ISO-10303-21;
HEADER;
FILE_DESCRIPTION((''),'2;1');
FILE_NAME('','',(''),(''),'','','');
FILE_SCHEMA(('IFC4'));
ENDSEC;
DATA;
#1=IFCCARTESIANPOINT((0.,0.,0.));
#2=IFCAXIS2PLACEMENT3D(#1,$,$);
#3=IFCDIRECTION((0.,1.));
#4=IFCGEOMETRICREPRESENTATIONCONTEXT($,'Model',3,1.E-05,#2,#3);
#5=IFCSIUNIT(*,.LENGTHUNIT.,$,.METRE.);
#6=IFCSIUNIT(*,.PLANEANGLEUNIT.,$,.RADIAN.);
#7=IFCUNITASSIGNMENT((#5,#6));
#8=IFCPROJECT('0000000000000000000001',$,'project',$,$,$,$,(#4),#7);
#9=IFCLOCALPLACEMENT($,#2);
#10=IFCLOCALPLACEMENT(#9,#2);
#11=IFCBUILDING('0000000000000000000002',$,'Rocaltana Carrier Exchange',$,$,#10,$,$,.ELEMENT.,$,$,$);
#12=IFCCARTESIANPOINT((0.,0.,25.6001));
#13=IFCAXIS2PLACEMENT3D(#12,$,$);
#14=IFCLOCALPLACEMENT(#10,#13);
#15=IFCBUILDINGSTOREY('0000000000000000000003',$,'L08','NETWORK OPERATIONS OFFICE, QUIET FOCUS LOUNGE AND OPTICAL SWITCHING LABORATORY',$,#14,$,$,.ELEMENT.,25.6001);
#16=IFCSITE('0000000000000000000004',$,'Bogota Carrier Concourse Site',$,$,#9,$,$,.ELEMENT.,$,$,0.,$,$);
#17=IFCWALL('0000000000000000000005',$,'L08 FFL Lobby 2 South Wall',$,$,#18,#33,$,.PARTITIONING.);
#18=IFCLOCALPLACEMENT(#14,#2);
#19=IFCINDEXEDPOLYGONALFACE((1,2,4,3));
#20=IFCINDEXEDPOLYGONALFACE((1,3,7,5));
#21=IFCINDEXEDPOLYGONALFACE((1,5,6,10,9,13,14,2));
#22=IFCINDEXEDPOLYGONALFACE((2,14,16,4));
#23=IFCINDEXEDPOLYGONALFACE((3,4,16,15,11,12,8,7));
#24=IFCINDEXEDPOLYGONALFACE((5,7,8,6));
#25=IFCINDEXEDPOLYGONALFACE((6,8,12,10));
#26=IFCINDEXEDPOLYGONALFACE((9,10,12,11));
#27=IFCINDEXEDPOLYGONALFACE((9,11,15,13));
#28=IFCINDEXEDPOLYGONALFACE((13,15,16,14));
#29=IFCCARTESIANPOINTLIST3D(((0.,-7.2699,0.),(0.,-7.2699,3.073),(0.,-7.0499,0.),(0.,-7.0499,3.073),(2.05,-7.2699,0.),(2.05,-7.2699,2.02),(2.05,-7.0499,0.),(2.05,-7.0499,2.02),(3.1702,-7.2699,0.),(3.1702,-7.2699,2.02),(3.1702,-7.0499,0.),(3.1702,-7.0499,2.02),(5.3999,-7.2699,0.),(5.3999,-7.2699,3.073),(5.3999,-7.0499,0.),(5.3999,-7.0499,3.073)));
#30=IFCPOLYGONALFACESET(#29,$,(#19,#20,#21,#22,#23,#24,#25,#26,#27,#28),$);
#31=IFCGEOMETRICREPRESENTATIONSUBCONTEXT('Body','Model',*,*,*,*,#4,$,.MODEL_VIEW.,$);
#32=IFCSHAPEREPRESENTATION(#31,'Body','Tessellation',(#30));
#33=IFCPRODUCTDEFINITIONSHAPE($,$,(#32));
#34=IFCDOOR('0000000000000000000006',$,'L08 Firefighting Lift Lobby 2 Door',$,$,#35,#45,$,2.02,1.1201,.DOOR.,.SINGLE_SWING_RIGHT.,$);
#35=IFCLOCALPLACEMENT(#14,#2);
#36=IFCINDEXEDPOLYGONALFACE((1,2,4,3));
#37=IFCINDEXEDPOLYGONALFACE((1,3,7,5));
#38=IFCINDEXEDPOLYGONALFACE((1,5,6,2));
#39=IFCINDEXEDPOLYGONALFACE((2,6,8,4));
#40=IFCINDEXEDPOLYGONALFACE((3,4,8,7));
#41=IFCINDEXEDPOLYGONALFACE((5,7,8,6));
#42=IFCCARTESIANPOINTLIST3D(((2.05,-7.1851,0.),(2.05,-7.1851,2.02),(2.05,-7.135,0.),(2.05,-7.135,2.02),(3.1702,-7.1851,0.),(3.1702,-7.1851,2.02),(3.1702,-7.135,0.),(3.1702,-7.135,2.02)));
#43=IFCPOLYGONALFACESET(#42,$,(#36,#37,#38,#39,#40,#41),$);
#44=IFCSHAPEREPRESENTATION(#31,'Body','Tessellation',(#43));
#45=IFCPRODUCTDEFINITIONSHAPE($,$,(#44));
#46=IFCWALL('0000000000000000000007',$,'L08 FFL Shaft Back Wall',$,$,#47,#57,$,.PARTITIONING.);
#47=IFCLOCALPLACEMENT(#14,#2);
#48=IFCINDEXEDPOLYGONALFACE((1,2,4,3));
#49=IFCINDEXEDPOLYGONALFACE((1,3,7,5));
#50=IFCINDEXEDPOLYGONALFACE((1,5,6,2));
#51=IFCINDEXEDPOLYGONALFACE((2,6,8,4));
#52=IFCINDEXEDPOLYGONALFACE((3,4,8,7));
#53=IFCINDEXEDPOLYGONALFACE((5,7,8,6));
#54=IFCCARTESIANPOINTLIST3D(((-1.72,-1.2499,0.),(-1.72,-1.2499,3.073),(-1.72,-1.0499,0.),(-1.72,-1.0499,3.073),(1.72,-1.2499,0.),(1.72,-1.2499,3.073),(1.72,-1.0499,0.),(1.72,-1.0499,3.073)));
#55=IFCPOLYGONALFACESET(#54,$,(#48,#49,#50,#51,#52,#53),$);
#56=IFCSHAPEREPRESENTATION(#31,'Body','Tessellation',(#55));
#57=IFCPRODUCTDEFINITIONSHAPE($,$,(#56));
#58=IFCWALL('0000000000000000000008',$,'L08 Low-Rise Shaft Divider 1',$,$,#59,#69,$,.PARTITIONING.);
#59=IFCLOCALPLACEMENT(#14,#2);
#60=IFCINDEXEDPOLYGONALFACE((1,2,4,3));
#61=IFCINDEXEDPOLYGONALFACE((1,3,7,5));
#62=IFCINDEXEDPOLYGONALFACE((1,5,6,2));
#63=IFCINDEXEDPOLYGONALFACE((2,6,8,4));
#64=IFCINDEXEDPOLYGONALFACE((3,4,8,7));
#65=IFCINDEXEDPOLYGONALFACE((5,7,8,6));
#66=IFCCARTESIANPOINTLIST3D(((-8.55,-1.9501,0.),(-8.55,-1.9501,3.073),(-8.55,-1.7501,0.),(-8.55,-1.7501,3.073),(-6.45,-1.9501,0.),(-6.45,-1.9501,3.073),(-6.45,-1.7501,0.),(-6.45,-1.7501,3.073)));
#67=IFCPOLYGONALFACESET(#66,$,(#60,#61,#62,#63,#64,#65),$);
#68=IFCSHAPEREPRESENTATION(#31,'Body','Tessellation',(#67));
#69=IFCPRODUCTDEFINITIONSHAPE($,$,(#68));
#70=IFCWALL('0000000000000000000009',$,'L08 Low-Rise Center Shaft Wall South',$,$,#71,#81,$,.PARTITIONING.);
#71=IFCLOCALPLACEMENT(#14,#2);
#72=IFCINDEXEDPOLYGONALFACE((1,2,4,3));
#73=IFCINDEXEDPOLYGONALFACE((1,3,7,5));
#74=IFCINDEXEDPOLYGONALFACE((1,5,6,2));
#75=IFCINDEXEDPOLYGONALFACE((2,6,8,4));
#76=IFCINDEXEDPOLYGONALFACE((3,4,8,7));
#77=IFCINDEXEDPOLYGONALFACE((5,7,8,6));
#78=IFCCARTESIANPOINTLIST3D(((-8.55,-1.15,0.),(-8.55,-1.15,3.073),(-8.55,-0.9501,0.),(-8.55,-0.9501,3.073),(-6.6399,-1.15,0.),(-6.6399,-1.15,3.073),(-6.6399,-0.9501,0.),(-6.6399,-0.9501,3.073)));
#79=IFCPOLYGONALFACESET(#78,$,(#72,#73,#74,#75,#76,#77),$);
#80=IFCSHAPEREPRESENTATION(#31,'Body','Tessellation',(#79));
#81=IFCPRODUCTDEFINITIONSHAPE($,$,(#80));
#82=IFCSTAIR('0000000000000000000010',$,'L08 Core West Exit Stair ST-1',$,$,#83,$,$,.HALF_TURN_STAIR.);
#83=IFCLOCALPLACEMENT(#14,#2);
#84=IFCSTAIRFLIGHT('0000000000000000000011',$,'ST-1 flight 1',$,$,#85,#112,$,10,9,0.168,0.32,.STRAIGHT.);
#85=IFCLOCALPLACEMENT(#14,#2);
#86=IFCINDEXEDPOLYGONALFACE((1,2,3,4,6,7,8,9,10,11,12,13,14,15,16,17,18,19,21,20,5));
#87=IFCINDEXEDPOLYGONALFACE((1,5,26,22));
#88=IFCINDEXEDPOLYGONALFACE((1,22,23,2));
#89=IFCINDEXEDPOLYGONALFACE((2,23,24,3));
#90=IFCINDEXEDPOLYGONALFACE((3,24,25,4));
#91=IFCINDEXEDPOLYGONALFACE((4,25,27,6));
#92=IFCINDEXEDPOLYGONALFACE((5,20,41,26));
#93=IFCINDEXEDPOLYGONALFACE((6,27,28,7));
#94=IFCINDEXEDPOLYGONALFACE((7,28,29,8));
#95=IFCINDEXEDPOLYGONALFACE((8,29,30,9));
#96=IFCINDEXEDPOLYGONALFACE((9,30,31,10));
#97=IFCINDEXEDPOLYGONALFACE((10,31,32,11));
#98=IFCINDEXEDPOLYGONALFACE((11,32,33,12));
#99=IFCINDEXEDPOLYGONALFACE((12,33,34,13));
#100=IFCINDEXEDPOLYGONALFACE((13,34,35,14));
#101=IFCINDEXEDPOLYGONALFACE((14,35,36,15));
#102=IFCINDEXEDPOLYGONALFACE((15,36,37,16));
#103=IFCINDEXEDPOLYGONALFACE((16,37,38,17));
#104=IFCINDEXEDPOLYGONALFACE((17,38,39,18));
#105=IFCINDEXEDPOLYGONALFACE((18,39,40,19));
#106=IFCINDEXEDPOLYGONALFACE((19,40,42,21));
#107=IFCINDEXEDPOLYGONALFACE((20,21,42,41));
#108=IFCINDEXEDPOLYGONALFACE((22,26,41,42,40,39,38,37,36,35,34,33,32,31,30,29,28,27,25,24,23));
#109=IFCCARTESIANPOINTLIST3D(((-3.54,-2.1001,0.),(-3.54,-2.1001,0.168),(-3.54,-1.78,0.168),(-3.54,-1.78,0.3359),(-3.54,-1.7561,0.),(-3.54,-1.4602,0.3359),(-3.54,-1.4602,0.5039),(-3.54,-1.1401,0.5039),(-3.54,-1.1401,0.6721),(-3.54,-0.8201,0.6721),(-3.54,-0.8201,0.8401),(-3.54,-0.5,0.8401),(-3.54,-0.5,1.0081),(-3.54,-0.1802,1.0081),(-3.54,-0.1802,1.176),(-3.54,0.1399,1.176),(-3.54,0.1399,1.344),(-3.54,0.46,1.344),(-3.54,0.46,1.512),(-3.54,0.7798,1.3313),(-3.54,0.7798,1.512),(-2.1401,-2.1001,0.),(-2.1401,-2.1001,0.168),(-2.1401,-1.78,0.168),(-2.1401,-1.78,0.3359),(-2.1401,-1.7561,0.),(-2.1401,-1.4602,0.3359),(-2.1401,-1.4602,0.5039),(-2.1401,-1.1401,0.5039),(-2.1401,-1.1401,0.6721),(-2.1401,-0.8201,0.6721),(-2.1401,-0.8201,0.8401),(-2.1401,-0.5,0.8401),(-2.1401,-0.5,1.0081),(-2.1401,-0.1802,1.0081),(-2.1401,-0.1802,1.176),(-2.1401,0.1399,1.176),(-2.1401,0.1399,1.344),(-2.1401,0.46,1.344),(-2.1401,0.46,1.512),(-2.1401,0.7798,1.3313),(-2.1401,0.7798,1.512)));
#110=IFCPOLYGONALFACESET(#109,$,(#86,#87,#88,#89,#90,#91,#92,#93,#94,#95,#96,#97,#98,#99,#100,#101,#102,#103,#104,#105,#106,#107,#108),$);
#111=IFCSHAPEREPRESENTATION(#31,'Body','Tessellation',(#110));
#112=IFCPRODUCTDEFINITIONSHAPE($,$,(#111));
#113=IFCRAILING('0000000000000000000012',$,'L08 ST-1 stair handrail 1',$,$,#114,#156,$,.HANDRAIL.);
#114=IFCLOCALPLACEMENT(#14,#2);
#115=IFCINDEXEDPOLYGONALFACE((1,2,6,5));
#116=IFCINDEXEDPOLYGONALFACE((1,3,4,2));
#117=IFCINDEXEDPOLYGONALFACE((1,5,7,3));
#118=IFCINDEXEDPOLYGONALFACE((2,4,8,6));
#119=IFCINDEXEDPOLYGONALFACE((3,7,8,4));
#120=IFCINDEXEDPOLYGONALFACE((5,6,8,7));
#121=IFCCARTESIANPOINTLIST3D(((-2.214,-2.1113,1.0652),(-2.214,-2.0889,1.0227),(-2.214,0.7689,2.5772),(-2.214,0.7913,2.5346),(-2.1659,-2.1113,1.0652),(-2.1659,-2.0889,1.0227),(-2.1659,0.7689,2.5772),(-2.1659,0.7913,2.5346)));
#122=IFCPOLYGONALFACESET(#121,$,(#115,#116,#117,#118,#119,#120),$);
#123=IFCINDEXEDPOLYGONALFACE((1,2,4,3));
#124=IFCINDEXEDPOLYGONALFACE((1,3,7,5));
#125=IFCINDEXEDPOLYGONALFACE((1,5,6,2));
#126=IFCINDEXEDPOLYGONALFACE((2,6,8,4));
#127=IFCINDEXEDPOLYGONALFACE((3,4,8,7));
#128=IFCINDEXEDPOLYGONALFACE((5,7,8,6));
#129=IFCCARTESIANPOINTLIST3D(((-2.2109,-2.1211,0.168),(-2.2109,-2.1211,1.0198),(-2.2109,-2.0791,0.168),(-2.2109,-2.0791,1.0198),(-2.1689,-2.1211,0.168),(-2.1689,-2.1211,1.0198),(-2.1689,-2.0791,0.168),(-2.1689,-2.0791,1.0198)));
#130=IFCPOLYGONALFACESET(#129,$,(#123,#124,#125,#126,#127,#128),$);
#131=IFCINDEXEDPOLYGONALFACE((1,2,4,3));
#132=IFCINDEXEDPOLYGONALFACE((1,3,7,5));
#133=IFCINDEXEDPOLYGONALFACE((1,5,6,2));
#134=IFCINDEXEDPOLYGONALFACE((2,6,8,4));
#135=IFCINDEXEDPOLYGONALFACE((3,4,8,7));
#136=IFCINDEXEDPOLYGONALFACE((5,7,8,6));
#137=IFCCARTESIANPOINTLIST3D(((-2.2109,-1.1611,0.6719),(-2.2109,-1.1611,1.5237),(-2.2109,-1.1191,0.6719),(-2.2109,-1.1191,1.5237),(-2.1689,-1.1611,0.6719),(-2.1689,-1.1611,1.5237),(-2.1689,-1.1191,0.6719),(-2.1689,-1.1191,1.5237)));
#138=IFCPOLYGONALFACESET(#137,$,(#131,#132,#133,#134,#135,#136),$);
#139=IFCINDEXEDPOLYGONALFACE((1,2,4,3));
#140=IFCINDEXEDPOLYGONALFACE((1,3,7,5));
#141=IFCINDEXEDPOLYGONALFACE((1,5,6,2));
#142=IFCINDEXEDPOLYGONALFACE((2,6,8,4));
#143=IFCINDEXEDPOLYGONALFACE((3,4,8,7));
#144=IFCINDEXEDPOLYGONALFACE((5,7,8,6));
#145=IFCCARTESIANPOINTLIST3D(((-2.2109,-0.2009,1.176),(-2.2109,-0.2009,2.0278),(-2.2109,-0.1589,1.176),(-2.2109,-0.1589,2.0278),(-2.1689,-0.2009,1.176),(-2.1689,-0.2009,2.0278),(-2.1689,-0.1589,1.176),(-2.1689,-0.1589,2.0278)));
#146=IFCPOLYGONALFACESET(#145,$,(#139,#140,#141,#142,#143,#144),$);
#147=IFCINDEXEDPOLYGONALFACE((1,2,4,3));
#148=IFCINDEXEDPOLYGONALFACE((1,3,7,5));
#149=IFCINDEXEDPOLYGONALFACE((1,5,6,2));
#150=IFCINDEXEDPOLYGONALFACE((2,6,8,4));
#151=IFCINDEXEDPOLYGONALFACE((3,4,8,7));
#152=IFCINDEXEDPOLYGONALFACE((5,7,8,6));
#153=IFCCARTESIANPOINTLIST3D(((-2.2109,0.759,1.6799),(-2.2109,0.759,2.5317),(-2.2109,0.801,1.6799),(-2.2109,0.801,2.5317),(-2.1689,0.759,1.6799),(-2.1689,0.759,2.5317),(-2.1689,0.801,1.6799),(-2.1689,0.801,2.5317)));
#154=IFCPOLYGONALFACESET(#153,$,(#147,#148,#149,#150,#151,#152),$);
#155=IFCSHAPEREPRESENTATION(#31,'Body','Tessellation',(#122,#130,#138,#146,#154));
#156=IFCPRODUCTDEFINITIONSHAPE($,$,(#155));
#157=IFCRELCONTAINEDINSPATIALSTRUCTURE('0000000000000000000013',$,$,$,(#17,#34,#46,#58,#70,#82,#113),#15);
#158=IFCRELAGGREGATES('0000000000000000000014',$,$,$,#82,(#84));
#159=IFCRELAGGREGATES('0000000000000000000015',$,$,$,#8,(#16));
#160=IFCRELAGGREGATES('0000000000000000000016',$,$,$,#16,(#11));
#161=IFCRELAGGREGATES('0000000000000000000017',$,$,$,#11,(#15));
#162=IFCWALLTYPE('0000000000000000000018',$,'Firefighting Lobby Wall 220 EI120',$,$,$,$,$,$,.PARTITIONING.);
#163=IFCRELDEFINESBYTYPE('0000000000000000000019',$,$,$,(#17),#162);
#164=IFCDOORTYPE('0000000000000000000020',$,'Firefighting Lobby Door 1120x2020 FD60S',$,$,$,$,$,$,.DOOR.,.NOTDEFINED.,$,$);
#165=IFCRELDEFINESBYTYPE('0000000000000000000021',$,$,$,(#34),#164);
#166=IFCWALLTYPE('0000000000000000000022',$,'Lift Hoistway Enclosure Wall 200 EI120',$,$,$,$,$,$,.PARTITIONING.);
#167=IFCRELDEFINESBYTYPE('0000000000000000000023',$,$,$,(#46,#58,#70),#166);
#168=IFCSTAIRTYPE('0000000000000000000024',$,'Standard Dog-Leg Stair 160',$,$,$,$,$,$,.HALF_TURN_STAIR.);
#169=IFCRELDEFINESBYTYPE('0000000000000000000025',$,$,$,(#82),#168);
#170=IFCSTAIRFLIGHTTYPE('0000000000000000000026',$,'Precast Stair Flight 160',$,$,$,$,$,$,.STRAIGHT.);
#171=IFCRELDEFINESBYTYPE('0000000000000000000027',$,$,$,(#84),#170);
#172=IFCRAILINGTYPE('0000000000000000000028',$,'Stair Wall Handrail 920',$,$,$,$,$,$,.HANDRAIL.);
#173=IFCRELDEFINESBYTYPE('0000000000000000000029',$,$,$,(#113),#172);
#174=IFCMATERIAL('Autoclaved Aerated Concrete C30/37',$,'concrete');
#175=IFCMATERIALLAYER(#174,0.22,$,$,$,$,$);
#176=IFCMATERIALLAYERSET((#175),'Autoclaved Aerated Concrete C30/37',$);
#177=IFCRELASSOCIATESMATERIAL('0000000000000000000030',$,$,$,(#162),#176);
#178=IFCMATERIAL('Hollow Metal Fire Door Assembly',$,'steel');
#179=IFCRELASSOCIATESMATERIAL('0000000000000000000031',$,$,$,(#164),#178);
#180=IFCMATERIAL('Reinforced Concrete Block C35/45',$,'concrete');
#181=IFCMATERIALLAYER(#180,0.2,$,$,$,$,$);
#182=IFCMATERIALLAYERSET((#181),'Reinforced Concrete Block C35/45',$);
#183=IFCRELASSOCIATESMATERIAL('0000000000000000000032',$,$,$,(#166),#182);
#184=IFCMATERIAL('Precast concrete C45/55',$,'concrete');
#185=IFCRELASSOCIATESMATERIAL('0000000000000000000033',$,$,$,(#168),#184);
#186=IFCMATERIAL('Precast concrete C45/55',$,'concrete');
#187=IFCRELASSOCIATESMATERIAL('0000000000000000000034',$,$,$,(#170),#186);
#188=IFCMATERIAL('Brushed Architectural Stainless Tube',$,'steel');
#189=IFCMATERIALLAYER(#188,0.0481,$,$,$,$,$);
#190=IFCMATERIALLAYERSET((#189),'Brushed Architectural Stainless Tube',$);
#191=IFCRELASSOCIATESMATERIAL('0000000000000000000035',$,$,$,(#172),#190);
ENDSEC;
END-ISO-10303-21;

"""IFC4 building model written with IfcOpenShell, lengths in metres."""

from ifc_helpers import new_model, si_unit, direction, frame, frame_2d, origin, origin_2d, place, context, subcontext, project, spatial, polyline, rectangle, outline, extrude, material, layer, layer_set, type_object, element, fill, aggregate, save


model = new_model("IFC4")

# Units and contexts
model_context = context("Model", 3, precision=1e-05, world=origin(), true_north=direction((0.0, 1.0)))
body_context = subcontext(model_context, "Body", "Model", "MODEL_VIEW")
ifc_project = project(units=[si_unit("LENGTHUNIT", "METRE"), si_unit("PLANEANGLEUNIT", "RADIAN")], contexts=[model_context])

# Site, building, storey
site_placement = place(None, origin())
site = spatial("IfcSite", under=ifc_project, at=site_placement, Name="Bogota Carrier Concourse Site", CompositionType="ELEMENT", RefElevation=0.0)
building_placement = place(site_placement, origin())
building = spatial("IfcBuilding", under=site, at=building_placement, Name="Rocaltana Carrier Exchange", CompositionType="ELEMENT")
storey_placement = place(building_placement, frame((0.0, 0.0, 25.6001)))
storey = spatial("IfcBuildingStorey", under=building, at=storey_placement, Name="L08", Description="NETWORK OPERATIONS OFFICE, QUIET FOCUS LOUNGE AND OPTICAL SWITCHING LABORATORY", CompositionType="ELEMENT", Elevation=25.6001)

# Shared definitions
ifc_material_1 = material(Name="Autoclaved Aerated Concrete C30/37", Category="concrete")
ifc_layer_1 = layer(ifc_material_1, 0.22)
ifc_layer_set_1 = layer_set([ifc_layer_1], Name="Autoclaved Aerated Concrete C30/37")
wall_type_1 = type_object("IfcWallType", Name="Firefighting Lobby Wall 220 EI120", PredefinedType="PARTITIONING", material=ifc_layer_set_1)

# Wall, opening, door
ifc_material_2 = material(Name="Hollow Metal Fire Door Assembly", Category="steel")
door_type_1 = type_object("IfcDoorType", Name="Firefighting Lobby Door 1120x2020 FD60S", OperationType="NOTDEFINED", PredefinedType="DOOR", material=ifc_material_2)
wall_1_placement = place(storey_placement, frame((0.0, -7.1599, 0.0), z_axis=(0.0, 0.0, 1.0), x_axis=(1.0, 0.0, 0.0)))
wall_1 = element("IfcWall", 1, at=wall_1_placement, inside=storey, type_object=wall_type_1, Name="L08 FFL Lobby 2 South Wall", PredefinedType="PARTITIONING", context=body_context, shape_type="SweptSolid", body=[
    extrude(rectangle(XDim=5.3999, YDim=0.22, at=frame_2d((2.7, 0.0))), origin(), (0.0, 0.0, 1.0), 3.073),
])
opening_1_placement = place(wall_1_placement, frame((2.05, 0.0, 0.0)))
opening_1 = element("IfcOpeningElement", 2, at=opening_1_placement, cuts=wall_1, PredefinedType="OPENING", context=body_context, shape_type="SweptSolid", body=[
    extrude(rectangle(XDim=1.1201, YDim=2.02, at=frame_2d((0.5601, 1.01))), frame((0.0, 0.1199, 0.0), z_axis=(0.0, -1.0, 0.0), x_axis=(1.0, 0.0, 0.0)), (0.0, 0.0, 1.0), 0.24),
])
door_1_placement = place(opening_1_placement, origin())
door_1 = element("IfcDoor", 3, at=door_1_placement, inside=storey, type_object=door_type_1, Name="L08 Firefighting Lift Lobby 2 Door", OperationType="SINGLE_SWING_RIGHT", OverallHeight=2.02, OverallWidth=1.1201, PredefinedType="DOOR", context=body_context, shape_type="SweptSolid", body=[
    extrude(rectangle(XDim=1.1201, YDim=2.02, at=frame_2d((0.5601, 1.01))), frame((0.0, 0.0249, 0.0), z_axis=(0.0, -1.0, 0.0), x_axis=(1.0, 0.0, 0.0)), (0.0, 0.0, 1.0), 0.05),
])
fill(opening_1, door_1)

# Walls
ifc_material_3 = material(Name="Reinforced Concrete Block C35/45", Category="concrete")
ifc_layer_2 = layer(ifc_material_3, 0.2)
ifc_layer_set_2 = layer_set([ifc_layer_2], Name="Reinforced Concrete Block C35/45")
wall_type_2 = type_object("IfcWallType", Name="Lift Hoistway Enclosure Wall 200 EI120", PredefinedType="PARTITIONING", material=ifc_layer_set_2)
wall_2_placement = place(storey_placement, frame((-1.72, -1.1499, 0.0), z_axis=(0.0, 0.0, 1.0), x_axis=(1.0, 0.0, 0.0)))
element("IfcWall", 4, at=wall_2_placement, inside=storey, type_object=wall_type_2, Name="L08 FFL Shaft Back Wall", PredefinedType="PARTITIONING", context=body_context, shape_type="SweptSolid", body=[
    extrude(rectangle(XDim=3.4399, YDim=0.2, at=frame_2d((1.72, 0.0))), origin(), (0.0, 0.0, 1.0), 3.073),
])
wall_3_placement = place(storey_placement, frame((-8.55, -1.8501, 0.0), z_axis=(0.0, 0.0, 1.0), x_axis=(1.0, 0.0, 0.0)))
element("IfcWall", 5, at=wall_3_placement, inside=storey, type_object=wall_type_2, Name="L08 Low-Rise Shaft Divider 1", PredefinedType="PARTITIONING", context=body_context, shape_type="SweptSolid", body=[
    extrude(rectangle(XDim=2.1001, YDim=0.2, at=frame_2d((1.05, 0.0))), origin(), (0.0, 0.0, 1.0), 3.073),
])
wall_4_placement = place(storey_placement, frame((-8.55, -1.05, 0.0), z_axis=(0.0, 0.0, 1.0), x_axis=(1.0, 0.0, 0.0)))
element("IfcWall", 6, at=wall_4_placement, inside=storey, type_object=wall_type_2, Name="L08 Low-Rise Center Shaft Wall South", PredefinedType="PARTITIONING", context=body_context, shape_type="SweptSolid", body=[
    extrude(rectangle(XDim=1.9102, YDim=0.2, at=frame_2d((0.9551, 0.0))), origin(), (0.0, 0.0, 1.0), 3.073),
])

# Stair, stair flight
ifc_material_4 = material(Name="Precast concrete C45/55", Category="concrete")
stair_type = type_object("IfcStairType", Name="Standard Dog-Leg Stair 160", PredefinedType="HALF_TURN_STAIR", material=ifc_material_4)
stair_placement = place(storey_placement, origin())
stair = element("IfcStair", 7, at=stair_placement, inside=storey, type_object=stair_type, Name="L08 Core West Exit Stair ST-1", PredefinedType="HALF_TURN_STAIR")
ifc_material_5 = material(Name="Precast concrete C45/55", Category="concrete")
stair_flight_type = type_object("IfcStairFlightType", Name="Precast Stair Flight 160", PredefinedType="STRAIGHT", material=ifc_material_5)
stair_flight_placement = place(storey_placement, frame((-2.8401, -2.1001, 0.0), z_axis=(0.0, 0.0, 1.0), x_axis=(0.0, 1.0, 0.0)))
stair_flight = element("IfcStairFlight", 8, at=stair_flight_placement, type_object=stair_flight_type, Name="ST-1 flight 1", NumberOfRisers=10, NumberOfTreads=9, PredefinedType="STRAIGHT", RiserHeight=0.168, TreadLength=0.32, context=body_context, shape_type="SweptSolid", body=[
    extrude(outline(polyline([(0.0, 0.0), (0.0, 0.168), (0.3201, 0.168), (0.3201, 0.3359), (0.6399, 0.3359), (0.6399, 0.5039), (0.96, 0.5039), (0.96, 0.6721), (1.28, 0.6721), (1.28, 0.8401), (1.6001, 0.8401), (1.6001, 1.0081), (1.9199, 1.0081), (1.9199, 1.176), (2.24, 1.176), (2.24, 1.344), (2.5601, 1.344), (2.5601, 1.512), (2.8799, 1.512), (2.8799, 1.6799), (2.8799, 1.3313), (0.344, 0.0), (0.0, 0.0)])), frame((0.0, 0.7, 0.0), z_axis=(0.0, -1.0, 0.0), x_axis=(1.0, 0.0, 0.0)), (0.0, 0.0, 1.0), 1.3999),
])
aggregate(stair, [stair_flight])

# Railing
ifc_material_6 = material(Name="Brushed Architectural Stainless Tube", Category="steel")
ifc_layer_3 = layer(ifc_material_6, 0.0481)
ifc_layer_set_3 = layer_set([ifc_layer_3], Name="Brushed Architectural Stainless Tube")
railing_type_1 = type_object("IfcRailingType", Name="Stair Wall Handrail 920", PredefinedType="HANDRAIL", material=ifc_layer_set_3)
railing_1_placement = place(storey_placement, frame((-2.1899, -2.1001, 0.168)))
element("IfcRailing", 9, at=railing_1_placement, inside=storey, type_object=railing_type_1, Name="L08 ST-1 stair handrail 1", PredefinedType="HANDRAIL", context=body_context, shape_type="SweptSolid", body=[
    extrude(rectangle(XDim=0.0481, YDim=0.0481, at=origin_2d()), frame((0.0, 0.0, 0.876), z_axis=(0.0, 0.885411, 0.464809), x_axis=(-1.0, 0.0, 0.0)), (0.0, 0.0, 1.0), 3.2529),
    extrude(rectangle(XDim=0.042, YDim=0.042, at=origin_2d()), origin(), (0.0, 0.0, 1.0), 0.8518),
    extrude(rectangle(XDim=0.042, YDim=0.042, at=origin_2d()), frame((0.0, 0.96, 0.5039)), (0.0, 0.0, 1.0), 0.8518),
    extrude(rectangle(XDim=0.042, YDim=0.042, at=origin_2d()), frame((0.0, 1.9202, 1.0081)), (0.0, 0.0, 1.0), 0.8518),
    extrude(rectangle(XDim=0.042, YDim=0.042, at=origin_2d()), frame((0.0, 2.8801, 1.512)), (0.0, 0.0, 1.0), 0.8518),
])

save(model, "model.ifc")
